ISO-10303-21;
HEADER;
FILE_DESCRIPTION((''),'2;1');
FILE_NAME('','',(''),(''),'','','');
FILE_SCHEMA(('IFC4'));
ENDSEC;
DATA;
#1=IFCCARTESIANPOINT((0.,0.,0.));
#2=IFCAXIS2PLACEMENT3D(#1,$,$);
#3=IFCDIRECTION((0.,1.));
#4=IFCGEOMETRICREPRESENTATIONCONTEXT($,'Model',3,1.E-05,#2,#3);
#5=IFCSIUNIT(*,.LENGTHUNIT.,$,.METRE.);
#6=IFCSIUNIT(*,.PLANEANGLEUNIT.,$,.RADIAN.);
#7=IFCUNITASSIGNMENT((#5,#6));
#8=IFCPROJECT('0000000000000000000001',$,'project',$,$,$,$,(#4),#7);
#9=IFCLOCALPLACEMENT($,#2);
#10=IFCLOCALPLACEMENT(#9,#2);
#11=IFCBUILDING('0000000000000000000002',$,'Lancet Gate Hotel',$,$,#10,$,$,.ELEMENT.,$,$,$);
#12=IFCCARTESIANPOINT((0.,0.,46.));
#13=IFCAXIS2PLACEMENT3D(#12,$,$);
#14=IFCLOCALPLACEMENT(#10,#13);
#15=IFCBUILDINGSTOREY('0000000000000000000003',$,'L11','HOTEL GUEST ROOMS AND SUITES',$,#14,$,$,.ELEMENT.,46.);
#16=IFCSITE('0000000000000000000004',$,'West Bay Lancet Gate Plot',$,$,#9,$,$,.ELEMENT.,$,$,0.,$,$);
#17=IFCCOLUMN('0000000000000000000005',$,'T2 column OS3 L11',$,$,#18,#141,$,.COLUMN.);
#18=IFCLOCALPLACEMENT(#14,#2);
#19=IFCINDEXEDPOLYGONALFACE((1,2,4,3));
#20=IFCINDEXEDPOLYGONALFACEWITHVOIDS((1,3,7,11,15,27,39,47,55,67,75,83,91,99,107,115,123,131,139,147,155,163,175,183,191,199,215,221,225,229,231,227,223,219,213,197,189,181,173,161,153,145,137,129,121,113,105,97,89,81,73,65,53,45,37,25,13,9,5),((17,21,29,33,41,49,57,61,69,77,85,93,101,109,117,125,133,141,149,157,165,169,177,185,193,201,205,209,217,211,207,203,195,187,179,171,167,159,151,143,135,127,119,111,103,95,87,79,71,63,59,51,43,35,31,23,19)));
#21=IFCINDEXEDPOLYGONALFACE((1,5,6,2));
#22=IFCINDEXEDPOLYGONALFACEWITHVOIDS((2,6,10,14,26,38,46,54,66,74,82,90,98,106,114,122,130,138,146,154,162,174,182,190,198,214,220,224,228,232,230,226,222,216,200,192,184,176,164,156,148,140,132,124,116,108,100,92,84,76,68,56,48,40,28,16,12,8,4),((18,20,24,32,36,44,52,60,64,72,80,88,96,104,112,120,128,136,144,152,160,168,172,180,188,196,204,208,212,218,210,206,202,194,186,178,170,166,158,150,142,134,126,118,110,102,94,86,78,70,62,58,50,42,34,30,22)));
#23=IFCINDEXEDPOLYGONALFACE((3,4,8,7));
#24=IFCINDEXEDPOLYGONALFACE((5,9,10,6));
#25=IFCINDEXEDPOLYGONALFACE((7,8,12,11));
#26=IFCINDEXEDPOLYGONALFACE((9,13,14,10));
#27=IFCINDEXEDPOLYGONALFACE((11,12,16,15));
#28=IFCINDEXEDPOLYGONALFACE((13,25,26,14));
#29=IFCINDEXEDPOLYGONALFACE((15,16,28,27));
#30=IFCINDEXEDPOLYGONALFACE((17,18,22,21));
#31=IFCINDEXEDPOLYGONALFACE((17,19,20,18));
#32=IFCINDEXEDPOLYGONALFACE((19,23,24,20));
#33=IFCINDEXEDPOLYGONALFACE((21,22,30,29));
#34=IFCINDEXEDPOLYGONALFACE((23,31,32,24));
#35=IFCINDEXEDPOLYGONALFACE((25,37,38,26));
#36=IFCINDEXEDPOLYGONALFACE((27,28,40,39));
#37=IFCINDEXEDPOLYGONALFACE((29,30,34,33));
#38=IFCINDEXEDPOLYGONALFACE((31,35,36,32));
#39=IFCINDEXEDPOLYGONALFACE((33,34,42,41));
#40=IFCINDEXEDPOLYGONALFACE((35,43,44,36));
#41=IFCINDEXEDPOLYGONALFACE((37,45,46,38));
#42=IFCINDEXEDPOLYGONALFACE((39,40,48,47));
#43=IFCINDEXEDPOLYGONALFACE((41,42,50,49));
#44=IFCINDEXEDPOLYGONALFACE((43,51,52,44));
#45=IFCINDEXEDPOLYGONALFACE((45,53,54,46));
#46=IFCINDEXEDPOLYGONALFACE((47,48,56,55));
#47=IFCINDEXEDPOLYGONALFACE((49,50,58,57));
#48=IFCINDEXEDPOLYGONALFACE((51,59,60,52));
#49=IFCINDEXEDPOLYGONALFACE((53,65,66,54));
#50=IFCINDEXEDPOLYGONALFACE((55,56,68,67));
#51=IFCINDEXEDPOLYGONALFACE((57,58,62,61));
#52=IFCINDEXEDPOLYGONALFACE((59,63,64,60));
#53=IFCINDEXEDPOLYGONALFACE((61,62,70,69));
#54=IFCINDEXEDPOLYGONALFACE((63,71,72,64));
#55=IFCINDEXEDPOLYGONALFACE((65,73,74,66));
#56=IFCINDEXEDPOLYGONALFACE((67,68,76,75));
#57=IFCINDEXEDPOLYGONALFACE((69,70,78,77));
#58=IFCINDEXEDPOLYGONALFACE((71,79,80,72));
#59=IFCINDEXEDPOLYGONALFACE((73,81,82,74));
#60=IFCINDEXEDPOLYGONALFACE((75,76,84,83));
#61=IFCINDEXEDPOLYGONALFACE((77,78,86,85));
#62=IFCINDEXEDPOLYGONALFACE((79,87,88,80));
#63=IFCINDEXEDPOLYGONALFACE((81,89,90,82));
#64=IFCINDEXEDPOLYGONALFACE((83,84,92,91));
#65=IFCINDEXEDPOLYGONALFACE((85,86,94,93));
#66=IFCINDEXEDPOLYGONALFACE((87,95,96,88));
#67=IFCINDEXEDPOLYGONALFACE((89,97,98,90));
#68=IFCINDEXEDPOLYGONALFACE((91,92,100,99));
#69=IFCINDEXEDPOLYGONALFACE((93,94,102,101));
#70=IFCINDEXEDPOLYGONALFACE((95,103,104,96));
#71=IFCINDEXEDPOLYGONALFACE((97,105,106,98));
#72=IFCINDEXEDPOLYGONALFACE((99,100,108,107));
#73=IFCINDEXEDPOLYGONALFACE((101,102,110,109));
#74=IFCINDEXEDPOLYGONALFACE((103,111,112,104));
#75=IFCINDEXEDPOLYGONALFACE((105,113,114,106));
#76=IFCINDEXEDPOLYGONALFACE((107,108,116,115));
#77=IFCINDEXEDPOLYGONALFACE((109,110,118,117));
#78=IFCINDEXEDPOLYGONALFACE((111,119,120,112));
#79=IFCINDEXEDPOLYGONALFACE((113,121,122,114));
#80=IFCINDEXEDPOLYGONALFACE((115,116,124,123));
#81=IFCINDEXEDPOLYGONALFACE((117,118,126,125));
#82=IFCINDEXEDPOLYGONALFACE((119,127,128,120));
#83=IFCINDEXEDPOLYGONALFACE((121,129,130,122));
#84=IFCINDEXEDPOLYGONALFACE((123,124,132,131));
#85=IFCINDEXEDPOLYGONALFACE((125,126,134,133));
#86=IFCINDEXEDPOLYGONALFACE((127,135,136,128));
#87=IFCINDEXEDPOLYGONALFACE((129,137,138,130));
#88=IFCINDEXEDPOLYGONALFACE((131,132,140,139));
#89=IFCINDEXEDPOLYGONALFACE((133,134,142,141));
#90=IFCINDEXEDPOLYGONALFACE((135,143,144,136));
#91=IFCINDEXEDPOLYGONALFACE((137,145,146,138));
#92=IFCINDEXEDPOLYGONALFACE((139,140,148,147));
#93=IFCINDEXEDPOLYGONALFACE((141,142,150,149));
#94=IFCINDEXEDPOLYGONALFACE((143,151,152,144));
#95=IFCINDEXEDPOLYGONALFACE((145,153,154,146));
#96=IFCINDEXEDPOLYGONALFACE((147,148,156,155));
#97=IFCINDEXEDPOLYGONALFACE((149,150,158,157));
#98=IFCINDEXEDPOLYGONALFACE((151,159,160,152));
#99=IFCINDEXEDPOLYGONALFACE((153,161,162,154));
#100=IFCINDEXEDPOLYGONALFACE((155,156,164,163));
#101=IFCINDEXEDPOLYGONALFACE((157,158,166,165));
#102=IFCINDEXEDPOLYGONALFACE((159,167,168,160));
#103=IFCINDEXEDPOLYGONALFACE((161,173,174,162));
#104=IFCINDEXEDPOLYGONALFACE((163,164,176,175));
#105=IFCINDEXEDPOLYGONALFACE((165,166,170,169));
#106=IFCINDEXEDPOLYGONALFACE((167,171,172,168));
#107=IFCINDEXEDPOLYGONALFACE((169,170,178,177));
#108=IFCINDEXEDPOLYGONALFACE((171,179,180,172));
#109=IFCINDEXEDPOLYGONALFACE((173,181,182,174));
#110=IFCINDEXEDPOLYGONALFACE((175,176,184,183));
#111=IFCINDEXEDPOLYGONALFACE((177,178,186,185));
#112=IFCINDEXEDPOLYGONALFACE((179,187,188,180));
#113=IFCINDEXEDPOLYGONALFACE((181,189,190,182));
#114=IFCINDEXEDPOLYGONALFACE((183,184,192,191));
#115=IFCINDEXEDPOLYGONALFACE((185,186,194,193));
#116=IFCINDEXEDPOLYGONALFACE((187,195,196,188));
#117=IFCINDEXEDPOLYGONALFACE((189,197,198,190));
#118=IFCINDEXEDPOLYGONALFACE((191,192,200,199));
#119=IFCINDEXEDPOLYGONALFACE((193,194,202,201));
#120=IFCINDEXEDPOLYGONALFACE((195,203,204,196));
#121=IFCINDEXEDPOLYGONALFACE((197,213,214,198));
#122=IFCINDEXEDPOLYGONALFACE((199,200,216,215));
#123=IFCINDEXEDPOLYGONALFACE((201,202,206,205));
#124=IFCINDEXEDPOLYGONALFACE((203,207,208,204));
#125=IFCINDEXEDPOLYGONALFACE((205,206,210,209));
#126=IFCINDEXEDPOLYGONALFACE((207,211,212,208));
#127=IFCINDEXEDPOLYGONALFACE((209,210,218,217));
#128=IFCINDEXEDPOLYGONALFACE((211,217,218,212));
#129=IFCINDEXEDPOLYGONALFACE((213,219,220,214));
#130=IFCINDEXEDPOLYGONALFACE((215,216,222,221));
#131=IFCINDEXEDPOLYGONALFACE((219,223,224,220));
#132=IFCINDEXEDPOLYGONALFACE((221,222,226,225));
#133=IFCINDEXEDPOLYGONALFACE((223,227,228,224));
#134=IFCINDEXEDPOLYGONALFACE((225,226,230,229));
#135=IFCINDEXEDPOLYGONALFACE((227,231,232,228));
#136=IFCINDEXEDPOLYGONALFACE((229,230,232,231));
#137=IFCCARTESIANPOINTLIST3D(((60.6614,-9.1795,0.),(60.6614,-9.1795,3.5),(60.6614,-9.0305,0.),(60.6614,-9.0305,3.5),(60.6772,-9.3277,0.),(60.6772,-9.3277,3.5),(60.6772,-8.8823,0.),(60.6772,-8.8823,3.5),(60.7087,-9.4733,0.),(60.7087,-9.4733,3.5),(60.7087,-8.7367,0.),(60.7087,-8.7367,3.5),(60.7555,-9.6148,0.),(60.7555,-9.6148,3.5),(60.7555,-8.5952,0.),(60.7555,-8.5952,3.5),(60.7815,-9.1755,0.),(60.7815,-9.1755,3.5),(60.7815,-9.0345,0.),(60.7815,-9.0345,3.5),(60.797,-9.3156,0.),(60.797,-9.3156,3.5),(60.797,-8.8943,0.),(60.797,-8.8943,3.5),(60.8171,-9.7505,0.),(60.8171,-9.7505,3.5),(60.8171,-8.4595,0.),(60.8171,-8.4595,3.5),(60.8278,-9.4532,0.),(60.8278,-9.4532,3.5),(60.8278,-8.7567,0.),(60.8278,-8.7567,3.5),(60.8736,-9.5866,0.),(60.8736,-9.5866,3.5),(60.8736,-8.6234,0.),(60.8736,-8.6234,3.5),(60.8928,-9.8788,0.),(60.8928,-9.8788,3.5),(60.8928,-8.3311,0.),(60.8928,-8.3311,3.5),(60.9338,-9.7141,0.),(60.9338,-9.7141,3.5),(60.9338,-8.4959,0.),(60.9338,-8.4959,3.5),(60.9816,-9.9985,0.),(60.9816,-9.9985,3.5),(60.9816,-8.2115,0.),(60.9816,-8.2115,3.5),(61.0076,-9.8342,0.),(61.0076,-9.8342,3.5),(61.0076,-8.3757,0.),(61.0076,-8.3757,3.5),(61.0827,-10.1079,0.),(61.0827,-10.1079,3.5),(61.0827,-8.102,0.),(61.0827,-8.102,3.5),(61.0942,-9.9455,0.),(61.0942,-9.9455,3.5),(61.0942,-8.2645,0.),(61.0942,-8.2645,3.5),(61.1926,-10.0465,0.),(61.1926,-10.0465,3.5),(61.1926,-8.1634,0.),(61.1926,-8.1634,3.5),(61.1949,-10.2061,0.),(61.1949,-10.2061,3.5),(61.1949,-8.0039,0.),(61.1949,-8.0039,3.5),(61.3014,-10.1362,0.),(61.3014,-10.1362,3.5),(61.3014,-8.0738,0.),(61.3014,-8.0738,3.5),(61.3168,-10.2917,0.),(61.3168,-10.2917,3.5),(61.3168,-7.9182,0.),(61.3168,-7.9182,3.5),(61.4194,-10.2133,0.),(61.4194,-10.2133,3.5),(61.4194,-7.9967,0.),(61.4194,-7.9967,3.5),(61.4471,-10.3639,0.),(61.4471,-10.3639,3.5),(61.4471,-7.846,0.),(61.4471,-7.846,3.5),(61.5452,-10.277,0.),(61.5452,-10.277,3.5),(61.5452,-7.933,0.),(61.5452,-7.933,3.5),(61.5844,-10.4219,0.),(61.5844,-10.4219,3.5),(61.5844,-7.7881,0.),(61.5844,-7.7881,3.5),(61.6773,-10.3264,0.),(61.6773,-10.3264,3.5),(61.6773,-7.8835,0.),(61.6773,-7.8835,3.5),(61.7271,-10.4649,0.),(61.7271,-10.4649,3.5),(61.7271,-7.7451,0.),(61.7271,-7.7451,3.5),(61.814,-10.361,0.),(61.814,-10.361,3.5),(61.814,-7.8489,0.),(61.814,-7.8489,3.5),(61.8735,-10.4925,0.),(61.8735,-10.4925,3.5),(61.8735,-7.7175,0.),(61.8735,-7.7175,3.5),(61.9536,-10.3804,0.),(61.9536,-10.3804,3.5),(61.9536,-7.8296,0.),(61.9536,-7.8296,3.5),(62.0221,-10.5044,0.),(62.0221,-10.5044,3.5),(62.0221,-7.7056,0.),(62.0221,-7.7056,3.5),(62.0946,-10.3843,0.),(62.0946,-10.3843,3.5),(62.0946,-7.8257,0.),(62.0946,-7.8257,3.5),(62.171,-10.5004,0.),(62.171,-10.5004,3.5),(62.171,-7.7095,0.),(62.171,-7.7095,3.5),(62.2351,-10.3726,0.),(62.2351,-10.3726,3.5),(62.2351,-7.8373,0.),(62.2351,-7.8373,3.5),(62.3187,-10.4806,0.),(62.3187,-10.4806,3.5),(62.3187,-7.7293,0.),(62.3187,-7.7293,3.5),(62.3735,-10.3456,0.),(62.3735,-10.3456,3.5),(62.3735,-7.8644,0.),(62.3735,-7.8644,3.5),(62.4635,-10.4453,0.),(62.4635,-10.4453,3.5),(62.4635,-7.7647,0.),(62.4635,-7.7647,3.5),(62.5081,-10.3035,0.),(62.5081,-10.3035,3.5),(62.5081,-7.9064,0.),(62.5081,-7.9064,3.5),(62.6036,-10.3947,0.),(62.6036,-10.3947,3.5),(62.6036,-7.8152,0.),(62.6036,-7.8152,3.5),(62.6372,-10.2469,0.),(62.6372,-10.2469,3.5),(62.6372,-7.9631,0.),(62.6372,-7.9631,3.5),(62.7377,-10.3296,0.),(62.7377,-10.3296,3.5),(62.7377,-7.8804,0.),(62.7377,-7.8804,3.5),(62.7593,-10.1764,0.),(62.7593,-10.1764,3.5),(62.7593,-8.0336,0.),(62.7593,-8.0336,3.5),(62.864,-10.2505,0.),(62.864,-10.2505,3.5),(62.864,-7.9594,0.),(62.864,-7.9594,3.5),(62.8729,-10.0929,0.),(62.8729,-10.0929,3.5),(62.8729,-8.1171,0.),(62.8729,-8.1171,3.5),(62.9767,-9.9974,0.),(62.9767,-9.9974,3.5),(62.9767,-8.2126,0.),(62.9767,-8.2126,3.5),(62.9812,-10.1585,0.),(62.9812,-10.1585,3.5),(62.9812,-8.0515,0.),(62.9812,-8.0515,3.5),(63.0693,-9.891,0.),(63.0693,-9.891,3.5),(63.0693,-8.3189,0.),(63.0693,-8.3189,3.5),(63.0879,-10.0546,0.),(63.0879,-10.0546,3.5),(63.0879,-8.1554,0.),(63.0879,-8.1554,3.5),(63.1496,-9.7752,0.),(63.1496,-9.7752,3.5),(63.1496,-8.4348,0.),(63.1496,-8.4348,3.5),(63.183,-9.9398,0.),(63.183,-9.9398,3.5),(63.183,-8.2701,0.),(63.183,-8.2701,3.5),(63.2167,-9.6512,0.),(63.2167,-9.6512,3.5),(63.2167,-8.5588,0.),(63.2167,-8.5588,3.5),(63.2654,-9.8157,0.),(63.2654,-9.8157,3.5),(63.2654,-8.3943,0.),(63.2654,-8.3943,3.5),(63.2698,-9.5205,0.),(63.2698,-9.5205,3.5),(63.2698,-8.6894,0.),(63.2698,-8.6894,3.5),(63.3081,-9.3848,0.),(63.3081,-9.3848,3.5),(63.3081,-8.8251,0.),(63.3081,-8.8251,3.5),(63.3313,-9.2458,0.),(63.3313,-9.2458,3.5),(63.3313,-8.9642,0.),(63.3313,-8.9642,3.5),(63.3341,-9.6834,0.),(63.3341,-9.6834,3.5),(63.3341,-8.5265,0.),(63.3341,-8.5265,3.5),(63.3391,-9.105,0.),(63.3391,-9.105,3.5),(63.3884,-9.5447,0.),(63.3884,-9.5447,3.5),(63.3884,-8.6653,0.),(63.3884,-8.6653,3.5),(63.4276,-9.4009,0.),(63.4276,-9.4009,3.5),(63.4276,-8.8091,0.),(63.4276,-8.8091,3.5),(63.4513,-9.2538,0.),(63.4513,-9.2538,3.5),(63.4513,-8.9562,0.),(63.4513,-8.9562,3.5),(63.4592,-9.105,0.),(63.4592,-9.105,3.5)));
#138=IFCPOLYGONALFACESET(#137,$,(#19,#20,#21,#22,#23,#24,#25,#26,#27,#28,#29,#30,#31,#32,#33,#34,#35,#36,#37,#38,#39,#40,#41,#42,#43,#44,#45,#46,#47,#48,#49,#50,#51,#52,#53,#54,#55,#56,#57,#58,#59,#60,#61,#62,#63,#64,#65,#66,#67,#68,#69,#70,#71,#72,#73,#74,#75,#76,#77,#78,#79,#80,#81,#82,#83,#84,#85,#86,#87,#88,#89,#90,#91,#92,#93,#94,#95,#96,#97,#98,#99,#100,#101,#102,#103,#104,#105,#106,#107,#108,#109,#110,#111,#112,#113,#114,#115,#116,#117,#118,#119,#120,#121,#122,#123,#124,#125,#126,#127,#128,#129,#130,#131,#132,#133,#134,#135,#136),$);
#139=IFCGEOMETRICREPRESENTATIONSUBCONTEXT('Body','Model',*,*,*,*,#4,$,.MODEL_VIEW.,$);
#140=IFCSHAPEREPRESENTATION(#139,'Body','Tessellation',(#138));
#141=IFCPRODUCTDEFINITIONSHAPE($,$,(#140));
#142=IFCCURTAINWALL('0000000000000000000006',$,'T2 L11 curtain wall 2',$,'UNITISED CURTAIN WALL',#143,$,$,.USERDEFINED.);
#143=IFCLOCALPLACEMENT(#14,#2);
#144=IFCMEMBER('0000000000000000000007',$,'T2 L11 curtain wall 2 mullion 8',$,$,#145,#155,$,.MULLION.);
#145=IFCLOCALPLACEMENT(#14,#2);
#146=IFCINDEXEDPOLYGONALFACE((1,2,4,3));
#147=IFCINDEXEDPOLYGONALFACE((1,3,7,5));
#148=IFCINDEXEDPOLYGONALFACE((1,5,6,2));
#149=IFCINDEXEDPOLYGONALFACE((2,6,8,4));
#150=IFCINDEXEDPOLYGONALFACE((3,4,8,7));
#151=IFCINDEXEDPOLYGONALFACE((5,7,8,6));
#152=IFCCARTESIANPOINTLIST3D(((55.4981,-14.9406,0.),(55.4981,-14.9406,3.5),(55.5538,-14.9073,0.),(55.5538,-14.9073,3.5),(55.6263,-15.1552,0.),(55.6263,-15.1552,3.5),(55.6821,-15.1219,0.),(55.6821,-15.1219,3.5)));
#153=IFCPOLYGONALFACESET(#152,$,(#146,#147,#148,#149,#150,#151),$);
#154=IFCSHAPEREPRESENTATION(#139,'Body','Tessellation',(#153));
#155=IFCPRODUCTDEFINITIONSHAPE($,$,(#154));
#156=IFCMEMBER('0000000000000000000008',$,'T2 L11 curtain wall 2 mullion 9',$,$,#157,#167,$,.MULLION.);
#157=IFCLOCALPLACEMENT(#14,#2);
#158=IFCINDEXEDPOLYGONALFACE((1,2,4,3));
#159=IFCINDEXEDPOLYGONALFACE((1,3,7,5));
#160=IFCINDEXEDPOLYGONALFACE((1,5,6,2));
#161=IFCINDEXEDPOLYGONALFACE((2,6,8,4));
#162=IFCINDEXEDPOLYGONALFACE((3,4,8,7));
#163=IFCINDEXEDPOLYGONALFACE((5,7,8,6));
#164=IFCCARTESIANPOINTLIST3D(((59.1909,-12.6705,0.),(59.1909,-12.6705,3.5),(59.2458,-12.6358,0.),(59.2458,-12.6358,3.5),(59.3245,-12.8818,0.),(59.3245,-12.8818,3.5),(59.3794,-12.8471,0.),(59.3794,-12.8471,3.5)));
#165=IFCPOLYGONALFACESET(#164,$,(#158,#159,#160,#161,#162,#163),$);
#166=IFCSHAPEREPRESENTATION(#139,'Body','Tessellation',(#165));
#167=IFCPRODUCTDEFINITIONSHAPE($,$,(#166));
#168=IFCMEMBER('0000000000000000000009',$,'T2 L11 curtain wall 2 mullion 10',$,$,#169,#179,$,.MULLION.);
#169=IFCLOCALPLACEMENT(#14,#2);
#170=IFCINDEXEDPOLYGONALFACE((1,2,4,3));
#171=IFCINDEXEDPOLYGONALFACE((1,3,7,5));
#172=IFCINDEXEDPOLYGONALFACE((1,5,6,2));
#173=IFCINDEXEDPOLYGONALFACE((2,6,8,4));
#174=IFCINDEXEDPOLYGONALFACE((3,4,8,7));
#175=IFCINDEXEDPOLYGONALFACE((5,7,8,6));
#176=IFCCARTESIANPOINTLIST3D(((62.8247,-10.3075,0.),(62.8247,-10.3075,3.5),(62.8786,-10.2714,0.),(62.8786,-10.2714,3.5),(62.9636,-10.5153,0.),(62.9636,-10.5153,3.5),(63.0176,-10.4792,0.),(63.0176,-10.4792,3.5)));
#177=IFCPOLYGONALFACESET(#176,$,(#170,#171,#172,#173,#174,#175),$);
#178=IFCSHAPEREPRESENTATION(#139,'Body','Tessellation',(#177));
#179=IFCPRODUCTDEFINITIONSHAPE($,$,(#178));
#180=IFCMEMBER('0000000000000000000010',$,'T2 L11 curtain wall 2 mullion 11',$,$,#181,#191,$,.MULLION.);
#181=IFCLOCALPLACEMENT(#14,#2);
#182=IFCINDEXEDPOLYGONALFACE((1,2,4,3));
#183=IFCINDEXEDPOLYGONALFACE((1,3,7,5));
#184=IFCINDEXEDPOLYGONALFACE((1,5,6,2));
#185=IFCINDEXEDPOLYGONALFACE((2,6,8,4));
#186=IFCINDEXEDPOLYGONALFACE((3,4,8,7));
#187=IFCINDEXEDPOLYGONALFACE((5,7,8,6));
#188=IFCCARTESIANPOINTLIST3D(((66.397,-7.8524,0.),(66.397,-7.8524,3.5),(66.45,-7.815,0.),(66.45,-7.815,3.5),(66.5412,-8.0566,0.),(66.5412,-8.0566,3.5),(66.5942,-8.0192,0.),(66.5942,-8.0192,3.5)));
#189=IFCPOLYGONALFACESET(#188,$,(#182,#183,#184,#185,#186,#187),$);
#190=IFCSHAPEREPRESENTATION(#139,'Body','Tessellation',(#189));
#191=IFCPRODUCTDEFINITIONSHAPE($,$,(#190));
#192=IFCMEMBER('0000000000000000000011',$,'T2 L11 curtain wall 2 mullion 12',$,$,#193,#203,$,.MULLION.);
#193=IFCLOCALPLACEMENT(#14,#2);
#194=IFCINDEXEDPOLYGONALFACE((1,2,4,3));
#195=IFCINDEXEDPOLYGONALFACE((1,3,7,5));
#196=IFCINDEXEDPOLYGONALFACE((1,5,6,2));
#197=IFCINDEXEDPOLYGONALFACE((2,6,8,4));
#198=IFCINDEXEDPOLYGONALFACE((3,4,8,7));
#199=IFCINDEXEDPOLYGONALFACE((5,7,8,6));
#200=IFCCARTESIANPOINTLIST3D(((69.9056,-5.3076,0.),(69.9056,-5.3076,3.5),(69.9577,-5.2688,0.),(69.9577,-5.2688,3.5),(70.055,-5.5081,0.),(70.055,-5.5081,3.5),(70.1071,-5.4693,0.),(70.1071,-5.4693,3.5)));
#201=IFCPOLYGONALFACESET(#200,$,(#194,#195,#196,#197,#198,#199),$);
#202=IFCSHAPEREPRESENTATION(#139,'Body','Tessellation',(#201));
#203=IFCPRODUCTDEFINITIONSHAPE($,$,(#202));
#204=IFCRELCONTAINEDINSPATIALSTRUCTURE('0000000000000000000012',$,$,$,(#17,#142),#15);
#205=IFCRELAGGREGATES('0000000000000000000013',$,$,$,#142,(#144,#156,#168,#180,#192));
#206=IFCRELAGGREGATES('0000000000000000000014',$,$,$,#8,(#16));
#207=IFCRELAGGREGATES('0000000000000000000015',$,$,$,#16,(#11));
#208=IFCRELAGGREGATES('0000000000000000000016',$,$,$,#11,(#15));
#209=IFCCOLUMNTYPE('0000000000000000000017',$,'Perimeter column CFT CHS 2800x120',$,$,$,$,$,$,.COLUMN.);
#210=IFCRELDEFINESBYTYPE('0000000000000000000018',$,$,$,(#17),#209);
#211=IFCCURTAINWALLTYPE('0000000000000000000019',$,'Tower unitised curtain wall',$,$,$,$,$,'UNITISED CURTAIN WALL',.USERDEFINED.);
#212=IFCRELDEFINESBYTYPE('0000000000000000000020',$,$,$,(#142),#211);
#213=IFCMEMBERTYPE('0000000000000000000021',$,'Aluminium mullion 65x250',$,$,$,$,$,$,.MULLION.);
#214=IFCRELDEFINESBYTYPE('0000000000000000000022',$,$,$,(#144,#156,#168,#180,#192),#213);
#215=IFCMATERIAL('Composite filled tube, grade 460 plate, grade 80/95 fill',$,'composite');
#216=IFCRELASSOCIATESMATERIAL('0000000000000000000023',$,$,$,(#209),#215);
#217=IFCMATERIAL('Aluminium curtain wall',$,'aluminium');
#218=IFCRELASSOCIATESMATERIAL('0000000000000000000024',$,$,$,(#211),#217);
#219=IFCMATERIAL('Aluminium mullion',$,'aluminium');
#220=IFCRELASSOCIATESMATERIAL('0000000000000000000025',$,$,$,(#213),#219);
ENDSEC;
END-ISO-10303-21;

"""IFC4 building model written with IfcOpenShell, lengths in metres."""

from ifc_helpers import new_model, si_unit, direction, frame, origin, origin_2d, place, context, subcontext, project, spatial, rectangle, hollow_circle, extrude, material, material_profile, profile_set, type_object, element, aggregate, save


model = new_model("IFC4")

# Units and contexts
model_context = context("Model", 3, precision=1e-05, world=origin(), true_north=direction((0.0, 1.0)))
body_context = subcontext(model_context, "Body", "Model", "MODEL_VIEW")
ifc_project = project(units=[si_unit("LENGTHUNIT", "METRE"), si_unit("PLANEANGLEUNIT", "RADIAN")], contexts=[model_context])

# Site, building, storey
site_placement = place(None, origin())
site = spatial("IfcSite", under=ifc_project, at=site_placement, Name="West Bay Lancet Gate Plot", CompositionType="ELEMENT", RefElevation=0.0)
building_placement = place(site_placement, origin())
building = spatial("IfcBuilding", under=site, at=building_placement, Name="Lancet Gate Hotel", CompositionType="ELEMENT")
storey_placement = place(building_placement, frame((0.0, 0.0, 46.0)))
storey = spatial("IfcBuildingStorey", under=building, at=storey_placement, Name="L11", Description="HOTEL GUEST ROOMS AND SUITES", CompositionType="ELEMENT", Elevation=46.0)

# Column
ifc_material_1 = material(Name="Composite filled tube, grade 460 plate, grade 80/95 fill", Category="composite")
ifc_material_profile_1 = material_profile(ifc_material_1, hollow_circle(Radius=1.3999, WallThickness=0.1201, at=origin_2d()), Name="CHS 2800x120")
ifc_profile_set_1 = profile_set([ifc_material_profile_1], Name="Composite filled tube, grade 460 plate, grade 80/95 fill")
column_type = type_object("IfcColumnType", Name="Perimeter column CFT CHS 2800x120", PredefinedType="COLUMN", material=ifc_profile_set_1)
for number, where, z_axis, x_axis, name in (
    (1, (62.0593, -9.105, 0.0), (0.0, 0.0, 1.0), (1.0, 0.0, 0.0), "T2 column OS3 L11"),
):
    element("IfcColumn", number, at=place(storey_placement, frame(where, z_axis=z_axis, x_axis=x_axis)), inside=storey, type_object=column_type, Name=name, PredefinedType="COLUMN", context=body_context, shape_type="SweptSolid", body=[
        extrude(hollow_circle(Radius=1.3999, WallThickness=0.1201, at=origin_2d()), origin(), (0.0, 0.0, 1.0), 3.5),
    ])

# Curtain wall, members
ifc_material_2 = material(Name="Aluminium curtain wall", Category="aluminium")
curtain_wall_type = type_object("IfcCurtainWallType", Name="Tower unitised curtain wall", ElementType="UNITISED CURTAIN WALL", PredefinedType="USERDEFINED", material=ifc_material_2)
curtain_wall_placement = place(storey_placement, origin())
curtain_wall = element("IfcCurtainWall", 2, at=curtain_wall_placement, inside=storey, type_object=curtain_wall_type, Name="T2 L11 curtain wall 2", ObjectType="UNITISED CURTAIN WALL", PredefinedType="USERDEFINED")
ifc_material_3 = material(Name="Aluminium mullion", Category="aluminium")
ifc_material_profile_2 = material_profile(ifc_material_3, rectangle(XDim=0.0649, YDim=0.25, at=origin_2d()), Name="MULLION 65x250")
ifc_profile_set_2 = profile_set([ifc_material_profile_2], Name="Aluminium mullion")
member_type_1 = type_object("IfcMemberType", Name="Aluminium mullion 65x250", PredefinedType="MULLION", material=ifc_profile_set_2)
member_1_placement = place(storey_placement, frame((55.5901, -15.0312, 0.0), z_axis=(0.0, 0.0, 1.0), x_axis=(0.858413, 0.512959, 0.0)))
member_1 = element("IfcMember", 3, at=member_1_placement, type_object=member_type_1, Name="T2 L11 curtain wall 2 mullion 8", PredefinedType="MULLION", context=body_context, shape_type="SweptSolid", body=[
    extrude(rectangle(XDim=0.0649, YDim=0.25, at=origin_2d()), origin(), (0.0, 0.0, 1.0), 3.5),
])
member_2_placement = place(storey_placement, frame((59.2852, -12.7588, 0.0), z_axis=(0.0, 0.0, 1.0), x_axis=(0.845079, 0.534641, 0.0)))
member_2 = element("IfcMember", 4, at=member_2_placement, type_object=member_type_1, Name="T2 L11 curtain wall 2 mullion 9", PredefinedType="MULLION", context=body_context, shape_type="SweptSolid", body=[
    extrude(rectangle(XDim=0.0649, YDim=0.25, at=origin_2d()), origin(), (0.0, 0.0, 1.0), 3.5),
])
member_3_placement = place(storey_placement, frame((62.9211, -10.3933, 0.0), z_axis=(0.0, 0.0, 1.0), x_axis=(0.831198, 0.555976, 0.0)))
member_3 = element("IfcMember", 5, at=member_3_placement, type_object=member_type_1, Name="T2 L11 curtain wall 2 mullion 10", PredefinedType="MULLION", context=body_context, shape_type="SweptSolid", body=[
    extrude(rectangle(XDim=0.0649, YDim=0.25, at=origin_2d()), origin(), (0.0, 0.0, 1.0), 3.5),
])
member_4_placement = place(storey_placement, frame((66.4956, -7.9358, 0.0), z_axis=(0.0, 0.0, 1.0), x_axis=(0.816779, 0.576951, 0.0)))
member_4 = element("IfcMember", 6, at=member_4_placement, type_object=member_type_1, Name="T2 L11 curtain wall 2 mullion 11", PredefinedType="MULLION", context=body_context, shape_type="SweptSolid", body=[
    extrude(rectangle(XDim=0.0649, YDim=0.25, at=origin_2d()), origin(), (0.0, 0.0, 1.0), 3.5),
])
member_5_placement = place(storey_placement, frame((70.0063, -5.3884, 0.0), z_axis=(0.0, 0.0, 1.0), x_axis=(0.80183, 0.597552, 0.0)))
member_5 = element("IfcMember", 7, at=member_5_placement, type_object=member_type_1, Name="T2 L11 curtain wall 2 mullion 12", PredefinedType="MULLION", context=body_context, shape_type="SweptSolid", body=[
    extrude(rectangle(XDim=0.0649, YDim=0.25, at=origin_2d()), origin(), (0.0, 0.0, 1.0), 3.5),
])

aggregate(curtain_wall, [member_1, member_2, member_3, member_4, member_5])

save(model, "model.ifc")
